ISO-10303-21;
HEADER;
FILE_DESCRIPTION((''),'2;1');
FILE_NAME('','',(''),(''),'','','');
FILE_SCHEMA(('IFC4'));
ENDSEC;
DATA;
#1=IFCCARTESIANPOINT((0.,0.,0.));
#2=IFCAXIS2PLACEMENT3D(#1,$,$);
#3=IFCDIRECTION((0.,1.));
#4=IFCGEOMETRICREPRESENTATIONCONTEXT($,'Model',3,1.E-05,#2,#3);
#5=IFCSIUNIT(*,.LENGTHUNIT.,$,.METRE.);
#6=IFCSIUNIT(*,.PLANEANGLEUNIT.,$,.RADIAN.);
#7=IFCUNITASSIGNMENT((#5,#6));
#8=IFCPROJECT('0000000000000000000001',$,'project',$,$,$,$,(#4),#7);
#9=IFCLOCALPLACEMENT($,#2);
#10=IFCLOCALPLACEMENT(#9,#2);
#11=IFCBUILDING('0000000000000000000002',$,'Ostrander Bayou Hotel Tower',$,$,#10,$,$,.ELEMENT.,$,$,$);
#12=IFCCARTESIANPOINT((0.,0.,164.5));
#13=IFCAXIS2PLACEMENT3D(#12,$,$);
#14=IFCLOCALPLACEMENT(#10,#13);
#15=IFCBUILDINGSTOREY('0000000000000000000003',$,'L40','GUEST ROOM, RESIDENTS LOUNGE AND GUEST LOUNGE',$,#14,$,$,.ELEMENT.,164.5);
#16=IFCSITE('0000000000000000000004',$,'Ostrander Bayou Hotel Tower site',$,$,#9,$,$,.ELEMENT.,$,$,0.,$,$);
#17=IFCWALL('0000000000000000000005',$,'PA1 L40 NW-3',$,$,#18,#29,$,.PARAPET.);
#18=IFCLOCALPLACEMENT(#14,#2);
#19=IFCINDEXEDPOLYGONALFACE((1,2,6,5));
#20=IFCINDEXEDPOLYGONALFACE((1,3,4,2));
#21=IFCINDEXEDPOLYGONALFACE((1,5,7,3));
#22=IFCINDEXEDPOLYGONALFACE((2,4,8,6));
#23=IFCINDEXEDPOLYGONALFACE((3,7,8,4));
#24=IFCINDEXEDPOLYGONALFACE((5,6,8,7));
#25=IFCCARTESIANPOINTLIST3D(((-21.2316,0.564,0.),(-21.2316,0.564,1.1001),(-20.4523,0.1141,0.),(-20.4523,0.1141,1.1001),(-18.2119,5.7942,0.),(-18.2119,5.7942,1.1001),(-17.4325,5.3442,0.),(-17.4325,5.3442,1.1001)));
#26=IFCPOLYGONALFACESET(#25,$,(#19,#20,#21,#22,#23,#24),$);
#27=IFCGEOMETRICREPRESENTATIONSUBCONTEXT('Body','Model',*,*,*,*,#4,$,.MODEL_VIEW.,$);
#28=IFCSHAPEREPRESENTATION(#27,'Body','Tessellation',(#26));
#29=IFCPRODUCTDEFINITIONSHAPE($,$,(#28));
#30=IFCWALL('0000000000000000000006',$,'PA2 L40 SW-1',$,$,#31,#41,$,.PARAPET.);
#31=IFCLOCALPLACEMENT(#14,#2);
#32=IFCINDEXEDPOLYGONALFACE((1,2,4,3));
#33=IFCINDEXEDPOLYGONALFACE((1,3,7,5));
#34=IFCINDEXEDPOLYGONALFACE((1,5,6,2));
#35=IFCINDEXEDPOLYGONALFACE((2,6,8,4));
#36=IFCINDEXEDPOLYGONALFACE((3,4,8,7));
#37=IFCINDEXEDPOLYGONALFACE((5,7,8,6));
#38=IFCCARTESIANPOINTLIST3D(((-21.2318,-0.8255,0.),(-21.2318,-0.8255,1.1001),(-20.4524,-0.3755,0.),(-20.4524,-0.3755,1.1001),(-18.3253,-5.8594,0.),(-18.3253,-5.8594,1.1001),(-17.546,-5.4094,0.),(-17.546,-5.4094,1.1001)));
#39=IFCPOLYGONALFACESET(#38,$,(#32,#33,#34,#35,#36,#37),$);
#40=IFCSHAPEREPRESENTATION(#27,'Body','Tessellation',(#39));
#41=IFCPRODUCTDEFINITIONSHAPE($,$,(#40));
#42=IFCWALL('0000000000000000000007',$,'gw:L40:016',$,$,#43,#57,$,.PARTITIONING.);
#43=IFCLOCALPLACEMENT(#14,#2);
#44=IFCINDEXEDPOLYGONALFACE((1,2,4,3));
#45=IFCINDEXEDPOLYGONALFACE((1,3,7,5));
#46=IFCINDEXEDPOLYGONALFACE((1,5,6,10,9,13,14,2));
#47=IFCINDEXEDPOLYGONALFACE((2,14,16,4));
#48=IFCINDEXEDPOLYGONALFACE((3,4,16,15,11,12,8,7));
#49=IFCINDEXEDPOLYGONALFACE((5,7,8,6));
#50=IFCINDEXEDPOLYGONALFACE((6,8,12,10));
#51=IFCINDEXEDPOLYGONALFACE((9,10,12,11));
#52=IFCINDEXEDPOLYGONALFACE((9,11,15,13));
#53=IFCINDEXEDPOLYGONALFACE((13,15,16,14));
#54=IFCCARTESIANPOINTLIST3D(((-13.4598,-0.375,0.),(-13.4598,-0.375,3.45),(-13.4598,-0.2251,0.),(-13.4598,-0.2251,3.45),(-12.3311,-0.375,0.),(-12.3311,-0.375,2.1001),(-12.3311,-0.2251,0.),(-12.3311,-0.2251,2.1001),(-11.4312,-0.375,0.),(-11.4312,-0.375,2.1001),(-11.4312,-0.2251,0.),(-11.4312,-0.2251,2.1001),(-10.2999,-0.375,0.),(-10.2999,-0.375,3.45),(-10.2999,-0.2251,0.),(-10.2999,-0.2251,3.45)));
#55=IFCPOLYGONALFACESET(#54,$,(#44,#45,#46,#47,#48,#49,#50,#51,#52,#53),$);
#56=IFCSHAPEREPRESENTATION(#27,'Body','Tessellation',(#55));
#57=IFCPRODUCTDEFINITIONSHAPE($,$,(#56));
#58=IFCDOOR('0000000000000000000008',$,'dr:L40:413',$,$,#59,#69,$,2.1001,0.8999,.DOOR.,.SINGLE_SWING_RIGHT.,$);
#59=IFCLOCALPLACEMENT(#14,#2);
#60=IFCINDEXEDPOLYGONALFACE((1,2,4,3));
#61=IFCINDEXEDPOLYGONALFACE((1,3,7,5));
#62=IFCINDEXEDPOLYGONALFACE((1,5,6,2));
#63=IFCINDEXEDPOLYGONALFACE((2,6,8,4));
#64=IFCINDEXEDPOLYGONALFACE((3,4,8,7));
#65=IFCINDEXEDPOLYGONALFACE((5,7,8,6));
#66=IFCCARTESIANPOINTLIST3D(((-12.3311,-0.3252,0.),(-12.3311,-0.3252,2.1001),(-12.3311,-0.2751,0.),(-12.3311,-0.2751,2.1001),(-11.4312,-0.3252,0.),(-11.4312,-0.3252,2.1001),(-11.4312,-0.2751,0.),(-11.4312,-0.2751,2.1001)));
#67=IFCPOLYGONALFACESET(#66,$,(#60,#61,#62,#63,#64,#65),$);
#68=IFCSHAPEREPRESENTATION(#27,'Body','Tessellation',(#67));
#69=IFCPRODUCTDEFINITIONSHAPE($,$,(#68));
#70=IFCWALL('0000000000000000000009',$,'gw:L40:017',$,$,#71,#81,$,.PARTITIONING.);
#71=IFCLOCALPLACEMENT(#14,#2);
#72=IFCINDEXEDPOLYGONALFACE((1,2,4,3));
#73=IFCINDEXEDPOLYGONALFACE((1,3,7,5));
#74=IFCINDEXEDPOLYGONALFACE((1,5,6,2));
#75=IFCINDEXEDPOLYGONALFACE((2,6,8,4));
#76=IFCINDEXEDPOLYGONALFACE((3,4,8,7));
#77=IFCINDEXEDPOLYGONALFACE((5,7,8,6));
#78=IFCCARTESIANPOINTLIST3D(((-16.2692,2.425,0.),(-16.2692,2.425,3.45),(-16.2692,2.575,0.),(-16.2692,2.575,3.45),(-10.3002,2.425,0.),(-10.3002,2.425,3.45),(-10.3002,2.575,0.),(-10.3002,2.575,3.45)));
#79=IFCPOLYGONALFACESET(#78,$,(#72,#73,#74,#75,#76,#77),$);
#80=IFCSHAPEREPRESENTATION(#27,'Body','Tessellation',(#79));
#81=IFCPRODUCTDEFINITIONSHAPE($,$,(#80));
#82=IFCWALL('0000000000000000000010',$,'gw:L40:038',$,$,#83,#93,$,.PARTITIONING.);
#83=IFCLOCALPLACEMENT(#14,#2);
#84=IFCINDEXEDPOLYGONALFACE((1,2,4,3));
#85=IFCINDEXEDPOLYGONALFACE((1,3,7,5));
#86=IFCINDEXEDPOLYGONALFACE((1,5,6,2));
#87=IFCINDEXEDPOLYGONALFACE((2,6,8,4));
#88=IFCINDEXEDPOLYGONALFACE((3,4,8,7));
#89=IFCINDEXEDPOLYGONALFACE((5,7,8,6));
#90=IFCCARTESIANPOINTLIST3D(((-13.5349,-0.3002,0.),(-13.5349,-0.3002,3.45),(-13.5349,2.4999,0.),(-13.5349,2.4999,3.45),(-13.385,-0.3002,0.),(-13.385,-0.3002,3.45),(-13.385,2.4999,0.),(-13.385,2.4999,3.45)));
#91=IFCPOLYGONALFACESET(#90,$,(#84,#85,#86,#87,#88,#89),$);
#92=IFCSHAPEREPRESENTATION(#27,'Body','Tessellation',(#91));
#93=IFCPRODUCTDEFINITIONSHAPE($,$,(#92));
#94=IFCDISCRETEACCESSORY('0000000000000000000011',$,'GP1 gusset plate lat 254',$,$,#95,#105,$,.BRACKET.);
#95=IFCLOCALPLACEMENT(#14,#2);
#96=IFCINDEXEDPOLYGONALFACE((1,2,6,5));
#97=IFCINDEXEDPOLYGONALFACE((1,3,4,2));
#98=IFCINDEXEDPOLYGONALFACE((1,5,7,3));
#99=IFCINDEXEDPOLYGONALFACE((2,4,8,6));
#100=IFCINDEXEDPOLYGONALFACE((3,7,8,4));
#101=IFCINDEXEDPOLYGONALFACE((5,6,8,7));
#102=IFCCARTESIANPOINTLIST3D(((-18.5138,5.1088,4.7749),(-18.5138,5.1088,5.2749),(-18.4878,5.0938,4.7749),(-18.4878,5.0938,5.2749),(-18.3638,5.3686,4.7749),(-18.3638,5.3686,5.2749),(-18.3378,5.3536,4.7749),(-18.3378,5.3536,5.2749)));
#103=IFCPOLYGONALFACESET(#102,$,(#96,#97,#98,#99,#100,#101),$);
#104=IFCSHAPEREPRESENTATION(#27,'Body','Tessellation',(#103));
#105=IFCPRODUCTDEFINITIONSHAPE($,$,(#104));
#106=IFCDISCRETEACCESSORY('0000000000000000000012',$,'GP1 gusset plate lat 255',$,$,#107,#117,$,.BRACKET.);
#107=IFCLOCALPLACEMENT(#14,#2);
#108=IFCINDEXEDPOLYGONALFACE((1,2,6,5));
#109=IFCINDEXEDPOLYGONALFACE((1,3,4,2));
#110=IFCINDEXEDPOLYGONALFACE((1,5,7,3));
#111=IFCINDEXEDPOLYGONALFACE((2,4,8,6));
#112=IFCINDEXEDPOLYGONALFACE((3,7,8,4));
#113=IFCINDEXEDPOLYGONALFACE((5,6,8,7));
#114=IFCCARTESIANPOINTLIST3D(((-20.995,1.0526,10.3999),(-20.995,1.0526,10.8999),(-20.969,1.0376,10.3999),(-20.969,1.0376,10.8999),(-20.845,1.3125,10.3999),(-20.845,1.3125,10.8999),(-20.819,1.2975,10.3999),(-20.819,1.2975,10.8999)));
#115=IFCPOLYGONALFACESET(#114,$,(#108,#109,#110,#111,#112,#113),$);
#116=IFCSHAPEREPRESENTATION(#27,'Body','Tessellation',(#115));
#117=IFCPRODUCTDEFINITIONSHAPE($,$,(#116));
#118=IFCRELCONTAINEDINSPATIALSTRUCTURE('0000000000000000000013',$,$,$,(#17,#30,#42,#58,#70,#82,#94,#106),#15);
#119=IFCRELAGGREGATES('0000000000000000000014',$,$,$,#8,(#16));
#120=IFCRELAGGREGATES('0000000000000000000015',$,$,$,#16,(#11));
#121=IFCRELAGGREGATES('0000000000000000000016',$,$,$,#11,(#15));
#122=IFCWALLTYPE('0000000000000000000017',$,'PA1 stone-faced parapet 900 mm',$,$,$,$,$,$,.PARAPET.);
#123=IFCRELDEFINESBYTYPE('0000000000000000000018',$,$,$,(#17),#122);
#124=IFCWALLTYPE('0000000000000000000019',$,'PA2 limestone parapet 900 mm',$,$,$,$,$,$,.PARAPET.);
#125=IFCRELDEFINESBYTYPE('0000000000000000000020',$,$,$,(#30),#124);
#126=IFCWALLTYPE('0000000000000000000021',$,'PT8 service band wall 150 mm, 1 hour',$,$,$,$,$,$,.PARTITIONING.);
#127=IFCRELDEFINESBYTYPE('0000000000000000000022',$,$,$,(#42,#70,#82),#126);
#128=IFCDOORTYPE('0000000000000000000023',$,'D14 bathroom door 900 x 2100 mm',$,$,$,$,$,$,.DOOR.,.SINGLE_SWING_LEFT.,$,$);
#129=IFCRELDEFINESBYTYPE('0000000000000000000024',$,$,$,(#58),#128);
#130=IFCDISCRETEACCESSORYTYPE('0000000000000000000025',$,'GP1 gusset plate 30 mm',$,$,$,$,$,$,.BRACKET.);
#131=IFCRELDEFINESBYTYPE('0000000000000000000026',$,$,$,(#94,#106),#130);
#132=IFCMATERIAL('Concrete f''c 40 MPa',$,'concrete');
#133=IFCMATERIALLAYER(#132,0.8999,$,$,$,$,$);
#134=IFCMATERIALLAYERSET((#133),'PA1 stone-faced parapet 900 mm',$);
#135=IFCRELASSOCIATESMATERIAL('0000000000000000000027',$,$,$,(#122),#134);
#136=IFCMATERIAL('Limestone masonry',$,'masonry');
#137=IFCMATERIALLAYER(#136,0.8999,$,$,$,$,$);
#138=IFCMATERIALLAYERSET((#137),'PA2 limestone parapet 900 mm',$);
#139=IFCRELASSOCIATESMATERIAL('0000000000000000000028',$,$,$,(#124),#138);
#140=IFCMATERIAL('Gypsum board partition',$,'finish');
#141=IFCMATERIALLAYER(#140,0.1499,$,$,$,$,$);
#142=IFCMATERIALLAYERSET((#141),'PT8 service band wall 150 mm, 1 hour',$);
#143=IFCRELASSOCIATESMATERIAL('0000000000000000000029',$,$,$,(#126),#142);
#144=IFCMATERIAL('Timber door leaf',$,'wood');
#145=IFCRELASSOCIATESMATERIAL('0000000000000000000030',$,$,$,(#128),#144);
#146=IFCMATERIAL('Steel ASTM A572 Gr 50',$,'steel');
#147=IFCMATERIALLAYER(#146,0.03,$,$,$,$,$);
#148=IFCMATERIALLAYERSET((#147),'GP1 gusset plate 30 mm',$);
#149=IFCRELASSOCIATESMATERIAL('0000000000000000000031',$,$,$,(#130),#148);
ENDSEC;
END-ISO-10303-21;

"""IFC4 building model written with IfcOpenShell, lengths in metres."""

from ifc_helpers import new_model, si_unit, direction, frame, frame_2d, origin, origin_2d, place, context, subcontext, project, spatial, rectangle, extrude, material, layer, layer_set, type_object, element, fill, save


model = new_model("IFC4")

# Units and contexts
model_context = context("Model", 3, precision=1e-05, world=origin(), true_north=direction((0.0, 1.0)))
body_context = subcontext(model_context, "Body", "Model", "MODEL_VIEW")
ifc_project = project(units=[si_unit("LENGTHUNIT", "METRE"), si_unit("PLANEANGLEUNIT", "RADIAN")], contexts=[model_context])

# Site, building, storey
site_placement = place(None, origin())
site = spatial("IfcSite", under=ifc_project, at=site_placement, Name="Ostrander Bayou Hotel Tower site", CompositionType="ELEMENT", RefElevation=0.0)
building_placement = place(site_placement, origin())
building = spatial("IfcBuilding", under=site, at=building_placement, Name="Ostrander Bayou Hotel Tower", CompositionType="ELEMENT")
storey_placement = place(building_placement, frame((0.0, 0.0, 164.5)))
storey = spatial("IfcBuildingStorey", under=building, at=storey_placement, Name="L40", Description="GUEST ROOM, RESIDENTS LOUNGE AND GUEST LOUNGE", CompositionType="ELEMENT", Elevation=164.5)

# Walls
ifc_material_1 = material(Name="Concrete f'c 40 MPa", Category="concrete")
ifc_layer_1 = layer(ifc_material_1, 0.8999)
ifc_layer_set_1 = layer_set([ifc_layer_1], Name="PA1 stone-faced parapet 900 mm")
wall_type_1 = type_object("IfcWallType", Name="PA1 stone-faced parapet 900 mm", PredefinedType="PARAPET", material=ifc_layer_set_1)
wall_1_placement = place(storey_placement, frame((-17.8223, 5.5691, 0.0), z_axis=(0.0, 0.0, 1.0), x_axis=(-0.500013, -0.866018, 0.0)))
element("IfcWall", 1, at=wall_1_placement, inside=storey, type_object=wall_type_1, Name="PA1 L40 NW-3", PredefinedType="PARAPET", context=body_context, shape_type="SweptSolid", body=[
    extrude(rectangle(XDim=6.0393, YDim=0.8999, at=frame_2d((3.0195, 0.0))), origin(), (0.0, 0.0, 1.0), 1.1001),
])
ifc_material_2 = material(Name="Limestone masonry", Category="masonry")
ifc_layer_2 = layer(ifc_material_2, 0.8999)
ifc_layer_set_2 = layer_set([ifc_layer_2], Name="PA2 limestone parapet 900 mm")
wall_type_2 = type_object("IfcWallType", Name="PA2 limestone parapet 900 mm", PredefinedType="PARAPET", material=ifc_layer_set_2)
wall_2_placement = place(storey_placement, frame((-20.842, -0.6006, 0.0), z_axis=(0.0, 0.0, 1.0), x_axis=(0.500019, -0.866014, 0.0)))
element("IfcWall", 2, at=wall_2_placement, inside=storey, type_object=wall_type_2, Name="PA2 L40 SW-1", PredefinedType="PARAPET", context=body_context, shape_type="SweptSolid", body=[
    extrude(rectangle(XDim=5.8127, YDim=0.8999, at=frame_2d((2.9062, 0.0))), origin(), (0.0, 0.0, 1.0), 1.1001),
])

# Wall, opening, door
ifc_material_3 = material(Name="Gypsum board partition", Category="finish")
ifc_layer_3 = layer(ifc_material_3, 0.1499)
ifc_layer_set_3 = layer_set([ifc_layer_3], Name="PT8 service band wall 150 mm, 1 hour")
wall_type_3 = type_object("IfcWallType", Name="PT8 service band wall 150 mm, 1 hour", PredefinedType="PARTITIONING", material=ifc_layer_set_3)
wall_3_placement = place(storey_placement, frame((-13.46, -0.3, 0.0), z_axis=(0.0, 0.0, 1.0), x_axis=(1.0, 0.0, 0.0)))
wall_3 = element("IfcWall", 3, at=wall_3_placement, inside=storey, type_object=wall_type_3, Name="gw:L40:016", PredefinedType="PARTITIONING", context=body_context, shape_type="SweptSolid", body=[
    extrude(rectangle(XDim=3.1599, YDim=0.1499, at=frame_2d((1.5801, 0.0))), origin(), (0.0, 0.0, 1.0), 3.45),
])
opening_1_placement = place(wall_3_placement, frame((1.1289, 0.0, 0.0)))
opening_1 = element("IfcOpeningElement", 4, at=opening_1_placement, cuts=wall_3, PredefinedType="OPENING", context=body_context, shape_type="SweptSolid", body=[
    extrude(rectangle(XDim=0.8999, YDim=2.1001, at=frame_2d((0.45, 1.05))), frame((0.0, 0.075, 0.0), z_axis=(0.0, -1.0, 0.0), x_axis=(1.0, 0.0, 0.0)), (0.0, 0.0, 1.0), 0.1499),
])
ifc_material_4 = material(Name="Timber door leaf", Category="wood")
door_type_1 = type_object("IfcDoorType", Name="D14 bathroom door 900 x 2100 mm", OperationType="SINGLE_SWING_LEFT", PredefinedType="DOOR", material=ifc_material_4)
door_1_placement = place(opening_1_placement, origin())
door_1 = element("IfcDoor", 5, at=door_1_placement, inside=storey, type_object=door_type_1, Name="dr:L40:413", OperationType="SINGLE_SWING_RIGHT", OverallHeight=2.1001, OverallWidth=0.8999, PredefinedType="DOOR", context=body_context, shape_type="SweptSolid", body=[
    extrude(rectangle(XDim=0.8999, YDim=2.1001, at=frame_2d((0.45, 1.05))), frame((0.0, 0.0249, 0.0), z_axis=(0.0, -1.0, 0.0), x_axis=(1.0, 0.0, 0.0)), (0.0, 0.0, 1.0), 0.05),
])
fill(opening_1, door_1)

# Walls
wall_4_placement = place(storey_placement, frame((-16.269, 2.5, 0.0), z_axis=(0.0, 0.0, 1.0), x_axis=(1.0, 0.0, 0.0)))
element("IfcWall", 6, at=wall_4_placement, inside=storey, type_object=wall_type_3, Name="gw:L40:017", PredefinedType="PARTITIONING", context=body_context, shape_type="SweptSolid", body=[
    extrude(rectangle(XDim=5.969, YDim=0.1499, at=frame_2d((2.9844, 0.0))), origin(), (0.0, 0.0, 1.0), 3.45),
])
wall_5_placement = place(storey_placement, frame((-13.46, -0.3, 0.0), z_axis=(0.0, 0.0, 1.0), x_axis=(0.0, 1.0, 0.0)))
element("IfcWall", 7, at=wall_5_placement, inside=storey, type_object=wall_type_3, Name="gw:L40:038", PredefinedType="PARTITIONING", context=body_context, shape_type="SweptSolid", body=[
    extrude(rectangle(XDim=2.8, YDim=0.1499, at=frame_2d((1.3999, 0.0))), origin(), (0.0, 0.0, 1.0), 3.45),
])

# Discrete accessories
ifc_material_5 = material(Name="Steel ASTM A572 Gr 50", Category="steel")
ifc_layer_4 = layer(ifc_material_5, 0.03)
ifc_layer_set_4 = layer_set([ifc_layer_4], Name="GP1 gusset plate 30 mm")
discrete_accessory_type = type_object("IfcDiscreteAccessoryType", Name="GP1 gusset plate 30 mm", PredefinedType="BRACKET", material=ifc_layer_set_4)
for number, where, z_axis, x_axis, name in (
    (8, (-18.4258, 5.2312, 4.7749), (0.0, 0.0, 1.0), (-0.5, -0.866025, 0.0), "GP1 gusset plate lat 254"),
    (9, (-20.907, 1.175, 10.3999), (0.0, 0.0, 1.0), (-0.5, -0.866025, 0.0), "GP1 gusset plate lat 255"),
):
    element("IfcDiscreteAccessory", number, at=place(storey_placement, frame(where, z_axis=z_axis, x_axis=x_axis)), inside=storey, type_object=discrete_accessory_type, Name=name, PredefinedType="BRACKET", context=body_context, shape_type="SweptSolid", body=[
        extrude(rectangle(XDim=0.3, YDim=0.03, at=origin_2d()), origin(), (0.0, 0.0, 1.0), 0.5),
    ])

save(model, "model.ifc")
